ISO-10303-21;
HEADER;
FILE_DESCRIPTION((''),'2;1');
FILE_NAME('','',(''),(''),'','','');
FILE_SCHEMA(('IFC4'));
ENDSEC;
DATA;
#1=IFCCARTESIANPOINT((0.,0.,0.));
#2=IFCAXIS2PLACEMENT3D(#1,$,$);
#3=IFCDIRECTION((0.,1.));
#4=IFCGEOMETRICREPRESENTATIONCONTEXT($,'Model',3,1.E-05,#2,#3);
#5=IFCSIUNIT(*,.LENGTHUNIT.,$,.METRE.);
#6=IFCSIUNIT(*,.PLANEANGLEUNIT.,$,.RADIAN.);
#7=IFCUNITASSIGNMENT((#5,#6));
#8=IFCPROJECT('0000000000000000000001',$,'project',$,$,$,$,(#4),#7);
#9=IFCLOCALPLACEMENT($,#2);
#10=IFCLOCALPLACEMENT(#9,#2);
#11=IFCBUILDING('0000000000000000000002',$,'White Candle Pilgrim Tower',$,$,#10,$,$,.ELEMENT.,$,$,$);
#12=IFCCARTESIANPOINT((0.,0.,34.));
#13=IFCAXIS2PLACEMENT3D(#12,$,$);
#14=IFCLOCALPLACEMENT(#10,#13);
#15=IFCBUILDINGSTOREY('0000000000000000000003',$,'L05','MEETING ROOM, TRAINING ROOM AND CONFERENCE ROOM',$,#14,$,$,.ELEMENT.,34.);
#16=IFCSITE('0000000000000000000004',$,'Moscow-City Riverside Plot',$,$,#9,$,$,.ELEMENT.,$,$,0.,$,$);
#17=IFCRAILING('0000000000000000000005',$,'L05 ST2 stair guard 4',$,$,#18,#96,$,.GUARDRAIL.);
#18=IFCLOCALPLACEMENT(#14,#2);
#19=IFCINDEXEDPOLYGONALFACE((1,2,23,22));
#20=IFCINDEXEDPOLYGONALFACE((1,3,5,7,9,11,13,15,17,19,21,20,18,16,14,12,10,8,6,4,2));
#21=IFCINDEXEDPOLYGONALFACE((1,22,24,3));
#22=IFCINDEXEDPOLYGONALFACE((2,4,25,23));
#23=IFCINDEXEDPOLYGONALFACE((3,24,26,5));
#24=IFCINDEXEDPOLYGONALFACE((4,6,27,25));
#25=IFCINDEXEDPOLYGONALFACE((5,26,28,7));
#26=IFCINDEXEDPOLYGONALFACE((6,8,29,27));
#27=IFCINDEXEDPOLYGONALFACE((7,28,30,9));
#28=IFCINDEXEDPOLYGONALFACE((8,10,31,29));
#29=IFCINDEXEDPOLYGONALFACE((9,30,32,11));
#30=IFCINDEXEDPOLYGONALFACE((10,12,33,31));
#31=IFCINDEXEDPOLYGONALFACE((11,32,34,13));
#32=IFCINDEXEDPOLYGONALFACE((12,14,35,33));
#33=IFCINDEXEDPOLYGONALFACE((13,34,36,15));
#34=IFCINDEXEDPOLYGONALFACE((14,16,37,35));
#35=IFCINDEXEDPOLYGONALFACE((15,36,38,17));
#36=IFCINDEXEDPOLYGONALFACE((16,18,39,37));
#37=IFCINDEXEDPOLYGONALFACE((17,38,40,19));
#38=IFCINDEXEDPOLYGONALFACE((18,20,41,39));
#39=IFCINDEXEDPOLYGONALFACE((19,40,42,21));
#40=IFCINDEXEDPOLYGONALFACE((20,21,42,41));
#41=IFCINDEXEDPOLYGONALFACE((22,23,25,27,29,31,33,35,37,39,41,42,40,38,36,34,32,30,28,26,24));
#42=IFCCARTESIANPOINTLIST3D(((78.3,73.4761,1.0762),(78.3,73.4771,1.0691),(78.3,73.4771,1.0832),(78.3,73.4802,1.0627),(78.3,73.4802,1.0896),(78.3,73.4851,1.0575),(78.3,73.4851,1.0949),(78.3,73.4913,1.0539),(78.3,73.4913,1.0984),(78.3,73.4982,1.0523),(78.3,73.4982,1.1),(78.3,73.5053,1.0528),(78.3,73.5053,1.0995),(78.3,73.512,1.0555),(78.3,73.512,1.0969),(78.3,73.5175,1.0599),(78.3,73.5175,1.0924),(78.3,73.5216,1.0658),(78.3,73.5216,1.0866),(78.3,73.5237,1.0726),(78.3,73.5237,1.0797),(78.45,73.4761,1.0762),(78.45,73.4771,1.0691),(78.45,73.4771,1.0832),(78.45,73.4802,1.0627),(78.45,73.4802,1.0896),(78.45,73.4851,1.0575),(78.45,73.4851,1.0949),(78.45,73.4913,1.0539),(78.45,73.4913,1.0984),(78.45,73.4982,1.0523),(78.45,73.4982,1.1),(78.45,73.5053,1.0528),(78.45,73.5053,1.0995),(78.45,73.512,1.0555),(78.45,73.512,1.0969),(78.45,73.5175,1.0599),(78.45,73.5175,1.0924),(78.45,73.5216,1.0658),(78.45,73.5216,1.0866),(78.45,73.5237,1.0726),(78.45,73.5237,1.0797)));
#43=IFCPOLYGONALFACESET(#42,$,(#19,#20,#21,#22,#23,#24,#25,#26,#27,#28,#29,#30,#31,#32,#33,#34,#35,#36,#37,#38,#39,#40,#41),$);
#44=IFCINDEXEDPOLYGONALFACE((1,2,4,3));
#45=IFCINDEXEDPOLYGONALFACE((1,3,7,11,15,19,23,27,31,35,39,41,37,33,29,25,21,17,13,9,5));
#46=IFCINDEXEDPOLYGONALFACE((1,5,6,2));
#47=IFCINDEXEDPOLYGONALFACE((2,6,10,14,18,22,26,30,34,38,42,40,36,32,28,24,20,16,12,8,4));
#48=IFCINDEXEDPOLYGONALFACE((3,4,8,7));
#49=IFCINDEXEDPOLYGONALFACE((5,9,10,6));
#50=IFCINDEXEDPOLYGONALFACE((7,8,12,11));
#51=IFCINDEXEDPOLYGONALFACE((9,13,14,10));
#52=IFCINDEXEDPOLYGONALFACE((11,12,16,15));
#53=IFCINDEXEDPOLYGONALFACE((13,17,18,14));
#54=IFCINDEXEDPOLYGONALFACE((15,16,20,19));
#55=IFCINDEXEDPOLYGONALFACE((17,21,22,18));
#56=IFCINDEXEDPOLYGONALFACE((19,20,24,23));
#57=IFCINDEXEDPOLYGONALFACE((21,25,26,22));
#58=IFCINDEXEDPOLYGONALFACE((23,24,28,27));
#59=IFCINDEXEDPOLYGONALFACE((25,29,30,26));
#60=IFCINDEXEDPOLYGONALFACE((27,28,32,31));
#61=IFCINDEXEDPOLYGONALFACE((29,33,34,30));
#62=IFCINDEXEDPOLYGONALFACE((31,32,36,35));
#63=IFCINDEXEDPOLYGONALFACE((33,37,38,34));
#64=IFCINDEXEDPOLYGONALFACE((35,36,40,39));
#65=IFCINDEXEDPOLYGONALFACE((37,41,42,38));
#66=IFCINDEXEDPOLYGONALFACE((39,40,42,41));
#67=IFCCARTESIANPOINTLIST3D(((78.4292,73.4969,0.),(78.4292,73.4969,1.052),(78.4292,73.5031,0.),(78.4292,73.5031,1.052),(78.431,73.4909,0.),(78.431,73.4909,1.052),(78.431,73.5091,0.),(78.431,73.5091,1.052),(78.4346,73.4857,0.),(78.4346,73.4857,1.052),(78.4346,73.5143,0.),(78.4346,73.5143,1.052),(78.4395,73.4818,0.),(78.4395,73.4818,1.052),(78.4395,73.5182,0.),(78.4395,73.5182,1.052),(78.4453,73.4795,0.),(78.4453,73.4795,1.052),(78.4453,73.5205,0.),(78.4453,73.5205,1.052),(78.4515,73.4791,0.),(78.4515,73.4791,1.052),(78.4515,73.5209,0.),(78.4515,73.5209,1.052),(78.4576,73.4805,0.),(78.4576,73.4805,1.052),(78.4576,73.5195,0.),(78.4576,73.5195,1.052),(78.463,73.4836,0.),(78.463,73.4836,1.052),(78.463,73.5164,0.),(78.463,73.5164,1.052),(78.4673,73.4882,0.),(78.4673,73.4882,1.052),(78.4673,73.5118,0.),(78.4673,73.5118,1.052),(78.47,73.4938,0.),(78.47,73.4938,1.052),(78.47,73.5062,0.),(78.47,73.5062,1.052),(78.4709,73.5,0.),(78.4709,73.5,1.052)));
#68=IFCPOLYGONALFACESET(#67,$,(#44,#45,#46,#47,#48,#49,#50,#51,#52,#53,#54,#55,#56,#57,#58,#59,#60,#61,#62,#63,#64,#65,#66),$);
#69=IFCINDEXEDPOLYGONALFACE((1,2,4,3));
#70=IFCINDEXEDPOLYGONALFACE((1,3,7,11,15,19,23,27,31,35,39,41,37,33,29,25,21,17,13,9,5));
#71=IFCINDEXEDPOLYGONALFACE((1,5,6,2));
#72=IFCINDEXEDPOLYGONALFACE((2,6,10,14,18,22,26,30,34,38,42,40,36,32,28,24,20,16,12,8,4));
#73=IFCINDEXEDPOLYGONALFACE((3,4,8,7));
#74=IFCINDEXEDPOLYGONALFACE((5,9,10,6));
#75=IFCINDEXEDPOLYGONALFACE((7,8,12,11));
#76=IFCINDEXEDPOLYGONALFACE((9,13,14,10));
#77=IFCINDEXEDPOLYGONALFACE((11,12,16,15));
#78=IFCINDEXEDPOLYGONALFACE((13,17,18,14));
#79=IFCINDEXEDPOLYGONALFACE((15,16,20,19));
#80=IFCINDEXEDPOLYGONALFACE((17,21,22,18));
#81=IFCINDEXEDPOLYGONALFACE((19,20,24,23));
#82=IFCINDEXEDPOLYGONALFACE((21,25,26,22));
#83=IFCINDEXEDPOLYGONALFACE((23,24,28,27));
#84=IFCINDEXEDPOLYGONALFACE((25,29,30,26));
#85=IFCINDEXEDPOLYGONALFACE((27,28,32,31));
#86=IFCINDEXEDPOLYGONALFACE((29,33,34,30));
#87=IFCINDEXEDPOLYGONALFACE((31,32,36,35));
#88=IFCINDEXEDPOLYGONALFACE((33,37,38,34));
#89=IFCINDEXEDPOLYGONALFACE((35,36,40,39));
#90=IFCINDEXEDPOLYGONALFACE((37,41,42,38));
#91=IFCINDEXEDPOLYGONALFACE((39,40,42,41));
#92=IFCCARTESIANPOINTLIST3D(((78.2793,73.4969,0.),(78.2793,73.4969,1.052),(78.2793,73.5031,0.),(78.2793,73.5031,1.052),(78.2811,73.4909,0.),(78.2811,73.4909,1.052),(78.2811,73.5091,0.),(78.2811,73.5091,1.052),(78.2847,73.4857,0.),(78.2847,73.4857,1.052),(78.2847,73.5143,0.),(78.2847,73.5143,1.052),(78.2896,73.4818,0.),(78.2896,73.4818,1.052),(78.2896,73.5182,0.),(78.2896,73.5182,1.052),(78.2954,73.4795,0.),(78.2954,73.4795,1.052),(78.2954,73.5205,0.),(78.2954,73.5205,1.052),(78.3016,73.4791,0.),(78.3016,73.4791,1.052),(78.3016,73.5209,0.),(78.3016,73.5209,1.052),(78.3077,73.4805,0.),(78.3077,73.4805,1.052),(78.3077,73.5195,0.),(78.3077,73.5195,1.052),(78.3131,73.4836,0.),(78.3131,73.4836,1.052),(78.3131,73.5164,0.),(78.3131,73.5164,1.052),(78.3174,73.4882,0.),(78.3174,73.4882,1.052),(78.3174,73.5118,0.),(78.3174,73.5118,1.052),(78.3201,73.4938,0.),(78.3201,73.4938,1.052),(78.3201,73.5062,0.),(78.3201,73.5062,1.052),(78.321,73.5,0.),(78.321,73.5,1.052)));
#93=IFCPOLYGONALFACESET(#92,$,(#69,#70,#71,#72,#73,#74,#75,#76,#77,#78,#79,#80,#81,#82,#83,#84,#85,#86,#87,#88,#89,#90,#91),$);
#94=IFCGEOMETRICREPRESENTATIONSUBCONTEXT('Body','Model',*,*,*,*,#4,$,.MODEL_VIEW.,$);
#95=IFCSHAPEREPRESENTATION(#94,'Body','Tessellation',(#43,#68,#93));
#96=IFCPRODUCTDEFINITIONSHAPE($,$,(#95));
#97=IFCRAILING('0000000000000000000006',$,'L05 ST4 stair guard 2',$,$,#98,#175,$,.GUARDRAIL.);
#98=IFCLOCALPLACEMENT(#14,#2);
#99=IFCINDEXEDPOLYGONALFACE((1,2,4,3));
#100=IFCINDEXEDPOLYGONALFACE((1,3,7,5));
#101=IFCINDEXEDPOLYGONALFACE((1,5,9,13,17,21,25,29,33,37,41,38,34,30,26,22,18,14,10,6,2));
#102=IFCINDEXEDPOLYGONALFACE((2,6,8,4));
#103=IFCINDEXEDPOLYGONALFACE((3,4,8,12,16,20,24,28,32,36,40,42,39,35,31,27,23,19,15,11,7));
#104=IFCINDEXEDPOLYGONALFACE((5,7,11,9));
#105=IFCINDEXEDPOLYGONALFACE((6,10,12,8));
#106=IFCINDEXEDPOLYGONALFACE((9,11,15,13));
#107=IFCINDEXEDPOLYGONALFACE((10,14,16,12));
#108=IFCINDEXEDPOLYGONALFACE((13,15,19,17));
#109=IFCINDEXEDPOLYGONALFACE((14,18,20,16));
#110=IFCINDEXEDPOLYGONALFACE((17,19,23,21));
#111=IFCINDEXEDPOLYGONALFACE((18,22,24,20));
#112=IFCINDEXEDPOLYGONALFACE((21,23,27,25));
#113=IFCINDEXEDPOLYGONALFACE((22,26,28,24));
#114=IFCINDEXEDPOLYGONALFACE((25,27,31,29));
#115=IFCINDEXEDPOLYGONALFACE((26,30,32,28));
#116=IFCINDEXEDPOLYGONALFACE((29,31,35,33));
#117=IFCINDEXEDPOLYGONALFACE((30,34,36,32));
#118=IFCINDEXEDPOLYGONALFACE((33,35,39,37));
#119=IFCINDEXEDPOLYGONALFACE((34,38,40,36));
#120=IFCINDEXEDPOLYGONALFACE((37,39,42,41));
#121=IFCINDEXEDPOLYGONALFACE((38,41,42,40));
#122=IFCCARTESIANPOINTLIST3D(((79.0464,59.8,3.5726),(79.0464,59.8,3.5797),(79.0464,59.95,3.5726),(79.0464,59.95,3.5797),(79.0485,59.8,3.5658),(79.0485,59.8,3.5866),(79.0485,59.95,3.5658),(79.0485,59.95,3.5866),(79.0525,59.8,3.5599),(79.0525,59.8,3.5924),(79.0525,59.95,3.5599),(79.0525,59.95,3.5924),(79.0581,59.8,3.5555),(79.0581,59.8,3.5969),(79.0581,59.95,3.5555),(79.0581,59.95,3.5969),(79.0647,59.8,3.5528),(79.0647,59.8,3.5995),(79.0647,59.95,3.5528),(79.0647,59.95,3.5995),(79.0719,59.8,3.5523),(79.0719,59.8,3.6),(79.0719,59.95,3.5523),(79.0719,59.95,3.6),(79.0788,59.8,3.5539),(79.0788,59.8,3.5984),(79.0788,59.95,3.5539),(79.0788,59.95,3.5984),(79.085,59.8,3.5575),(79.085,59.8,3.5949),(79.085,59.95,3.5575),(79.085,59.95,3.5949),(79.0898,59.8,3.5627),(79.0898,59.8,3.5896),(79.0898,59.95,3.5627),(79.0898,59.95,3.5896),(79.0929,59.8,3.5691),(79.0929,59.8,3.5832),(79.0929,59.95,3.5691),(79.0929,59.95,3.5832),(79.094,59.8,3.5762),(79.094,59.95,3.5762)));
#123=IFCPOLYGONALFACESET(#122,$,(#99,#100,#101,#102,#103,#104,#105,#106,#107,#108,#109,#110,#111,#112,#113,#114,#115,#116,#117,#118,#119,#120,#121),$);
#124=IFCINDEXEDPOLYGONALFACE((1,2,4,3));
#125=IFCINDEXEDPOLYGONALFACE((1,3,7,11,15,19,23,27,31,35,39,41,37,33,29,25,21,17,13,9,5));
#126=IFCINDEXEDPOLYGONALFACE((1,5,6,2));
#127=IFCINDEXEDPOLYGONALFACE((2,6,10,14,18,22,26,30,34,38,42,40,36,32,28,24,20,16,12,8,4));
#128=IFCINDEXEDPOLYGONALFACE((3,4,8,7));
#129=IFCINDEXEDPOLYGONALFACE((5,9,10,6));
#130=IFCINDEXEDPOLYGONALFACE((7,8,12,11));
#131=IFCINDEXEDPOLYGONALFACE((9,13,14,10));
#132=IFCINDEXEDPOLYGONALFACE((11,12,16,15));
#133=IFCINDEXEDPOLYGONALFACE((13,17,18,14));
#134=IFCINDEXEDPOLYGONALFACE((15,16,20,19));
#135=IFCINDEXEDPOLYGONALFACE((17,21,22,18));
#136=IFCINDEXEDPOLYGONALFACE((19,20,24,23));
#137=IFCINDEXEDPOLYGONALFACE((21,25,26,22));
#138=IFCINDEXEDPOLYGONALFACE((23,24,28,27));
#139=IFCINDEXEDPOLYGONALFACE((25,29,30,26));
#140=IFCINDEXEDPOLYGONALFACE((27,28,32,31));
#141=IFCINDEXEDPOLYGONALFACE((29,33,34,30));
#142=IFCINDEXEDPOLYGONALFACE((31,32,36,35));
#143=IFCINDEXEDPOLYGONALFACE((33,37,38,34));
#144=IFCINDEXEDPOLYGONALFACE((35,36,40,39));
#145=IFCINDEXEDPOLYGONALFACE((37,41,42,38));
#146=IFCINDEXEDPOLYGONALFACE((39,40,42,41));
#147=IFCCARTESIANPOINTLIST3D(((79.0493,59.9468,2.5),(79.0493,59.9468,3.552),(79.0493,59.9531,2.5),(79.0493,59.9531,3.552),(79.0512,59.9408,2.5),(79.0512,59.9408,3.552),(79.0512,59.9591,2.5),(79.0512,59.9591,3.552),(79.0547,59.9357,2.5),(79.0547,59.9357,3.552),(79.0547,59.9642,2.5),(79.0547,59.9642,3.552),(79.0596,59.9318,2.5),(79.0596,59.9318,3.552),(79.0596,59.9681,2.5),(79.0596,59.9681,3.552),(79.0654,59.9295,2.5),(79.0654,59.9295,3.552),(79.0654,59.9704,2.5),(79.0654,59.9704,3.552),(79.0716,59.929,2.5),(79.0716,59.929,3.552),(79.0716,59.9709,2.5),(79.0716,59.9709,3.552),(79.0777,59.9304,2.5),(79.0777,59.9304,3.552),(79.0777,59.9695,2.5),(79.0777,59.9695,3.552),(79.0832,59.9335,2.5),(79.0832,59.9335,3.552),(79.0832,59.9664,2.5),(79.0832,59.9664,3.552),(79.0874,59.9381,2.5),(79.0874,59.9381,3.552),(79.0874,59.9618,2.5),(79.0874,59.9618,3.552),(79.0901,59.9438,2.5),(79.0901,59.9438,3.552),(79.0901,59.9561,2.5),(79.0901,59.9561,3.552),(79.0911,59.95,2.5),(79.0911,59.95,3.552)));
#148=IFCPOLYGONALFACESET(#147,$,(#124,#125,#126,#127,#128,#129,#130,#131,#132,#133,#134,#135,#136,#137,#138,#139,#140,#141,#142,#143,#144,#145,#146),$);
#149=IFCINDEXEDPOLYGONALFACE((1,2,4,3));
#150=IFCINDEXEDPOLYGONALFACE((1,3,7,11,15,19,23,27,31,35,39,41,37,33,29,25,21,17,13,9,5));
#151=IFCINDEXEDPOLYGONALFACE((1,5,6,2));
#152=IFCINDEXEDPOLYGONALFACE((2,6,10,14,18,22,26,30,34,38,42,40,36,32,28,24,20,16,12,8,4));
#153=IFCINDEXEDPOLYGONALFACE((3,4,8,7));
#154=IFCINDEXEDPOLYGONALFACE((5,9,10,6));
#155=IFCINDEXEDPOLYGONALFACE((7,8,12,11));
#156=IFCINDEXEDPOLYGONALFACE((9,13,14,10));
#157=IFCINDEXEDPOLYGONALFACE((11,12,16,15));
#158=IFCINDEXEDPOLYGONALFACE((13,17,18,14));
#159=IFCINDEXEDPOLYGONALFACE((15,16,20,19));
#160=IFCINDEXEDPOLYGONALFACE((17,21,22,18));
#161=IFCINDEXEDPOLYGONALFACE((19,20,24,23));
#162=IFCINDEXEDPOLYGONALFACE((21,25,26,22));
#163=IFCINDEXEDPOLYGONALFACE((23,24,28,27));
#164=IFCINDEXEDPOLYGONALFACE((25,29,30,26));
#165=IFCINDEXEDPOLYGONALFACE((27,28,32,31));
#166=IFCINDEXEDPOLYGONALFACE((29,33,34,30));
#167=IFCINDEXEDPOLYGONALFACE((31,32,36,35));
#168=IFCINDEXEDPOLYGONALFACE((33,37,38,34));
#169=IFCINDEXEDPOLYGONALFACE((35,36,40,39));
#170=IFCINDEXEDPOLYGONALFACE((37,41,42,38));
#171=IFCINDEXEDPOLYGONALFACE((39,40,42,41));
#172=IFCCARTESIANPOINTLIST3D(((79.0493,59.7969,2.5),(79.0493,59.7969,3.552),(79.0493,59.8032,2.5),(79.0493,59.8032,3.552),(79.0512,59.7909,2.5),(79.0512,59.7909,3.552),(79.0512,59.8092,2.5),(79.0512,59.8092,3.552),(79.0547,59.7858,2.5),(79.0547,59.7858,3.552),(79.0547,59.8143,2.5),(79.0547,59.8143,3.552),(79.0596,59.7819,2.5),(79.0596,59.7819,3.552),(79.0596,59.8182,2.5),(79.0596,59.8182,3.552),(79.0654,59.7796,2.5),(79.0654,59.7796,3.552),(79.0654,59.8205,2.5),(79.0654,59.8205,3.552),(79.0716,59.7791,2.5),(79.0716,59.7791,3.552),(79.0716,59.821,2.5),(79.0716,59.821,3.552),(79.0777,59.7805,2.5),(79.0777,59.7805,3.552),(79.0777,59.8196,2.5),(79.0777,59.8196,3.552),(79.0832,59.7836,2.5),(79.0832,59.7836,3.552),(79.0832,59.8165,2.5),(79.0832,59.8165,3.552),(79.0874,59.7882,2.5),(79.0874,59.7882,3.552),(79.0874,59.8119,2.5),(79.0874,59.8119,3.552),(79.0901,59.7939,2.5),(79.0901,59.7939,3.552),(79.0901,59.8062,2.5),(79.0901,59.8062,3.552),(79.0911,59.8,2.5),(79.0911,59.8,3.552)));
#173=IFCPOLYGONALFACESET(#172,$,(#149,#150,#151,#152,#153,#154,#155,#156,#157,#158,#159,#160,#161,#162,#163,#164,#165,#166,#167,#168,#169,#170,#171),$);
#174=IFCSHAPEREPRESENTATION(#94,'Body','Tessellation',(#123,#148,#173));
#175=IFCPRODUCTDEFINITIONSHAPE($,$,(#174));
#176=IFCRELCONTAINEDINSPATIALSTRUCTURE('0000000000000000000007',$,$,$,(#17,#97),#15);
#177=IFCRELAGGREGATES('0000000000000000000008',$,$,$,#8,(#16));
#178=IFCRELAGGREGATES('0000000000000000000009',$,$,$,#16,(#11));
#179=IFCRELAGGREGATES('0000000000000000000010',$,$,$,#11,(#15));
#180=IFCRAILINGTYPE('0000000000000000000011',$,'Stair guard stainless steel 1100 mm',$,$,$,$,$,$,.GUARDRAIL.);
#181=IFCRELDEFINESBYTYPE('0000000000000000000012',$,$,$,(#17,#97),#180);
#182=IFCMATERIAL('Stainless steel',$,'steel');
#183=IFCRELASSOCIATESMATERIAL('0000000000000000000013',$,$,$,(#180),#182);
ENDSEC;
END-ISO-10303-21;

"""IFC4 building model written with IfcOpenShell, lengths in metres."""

from ifc_helpers import new_model, si_unit, direction, frame, origin, origin_2d, place, context, subcontext, project, spatial, circle, extrude, material, type_object, element, save


model = new_model("IFC4")

# Units and contexts
model_context = context("Model", 3, precision=1e-05, world=origin(), true_north=direction((0.0, 1.0)))
body_context = subcontext(model_context, "Body", "Model", "MODEL_VIEW")
ifc_project = project(units=[si_unit("LENGTHUNIT", "METRE"), si_unit("PLANEANGLEUNIT", "RADIAN")], contexts=[model_context])

# Site, building, storey
site_placement = place(None, origin())
site = spatial("IfcSite", under=ifc_project, at=site_placement, Name="Moscow-City Riverside Plot", CompositionType="ELEMENT", RefElevation=0.0)
building_placement = place(site_placement, origin())
building = spatial("IfcBuilding", under=site, at=building_placement, Name="White Candle Pilgrim Tower", CompositionType="ELEMENT")
storey_placement = place(building_placement, frame((0.0, 0.0, 34.0)))
storey = spatial("IfcBuildingStorey", under=building, at=storey_placement, Name="L05", Description="MEETING ROOM, TRAINING ROOM AND CONFERENCE ROOM", CompositionType="ELEMENT", Elevation=34.0)

# Railings
ifc_material_1 = material(Name="Stainless steel", Category="steel")
railing_type_1 = type_object("IfcRailingType", Name="Stair guard stainless steel 1100 mm", PredefinedType="GUARDRAIL", material=ifc_material_1)
railing_1_placement = place(storey_placement, frame((78.45, 73.5, 0.0)))
element("IfcRailing", 1, at=railing_1_placement, inside=storey, type_object=railing_type_1, Name="L05 ST2 stair guard 4", PredefinedType="GUARDRAIL", context=body_context, shape_type="SweptSolid", body=[
    extrude(circle(Radius=0.0239, at=origin_2d()), frame((0.0, 0.0, 1.0762), z_axis=(-1.0, 0.0, 0.0), x_axis=(0.0, -1.0, 0.0)), (0.0, 0.0, 1.0), 0.1499),
    extrude(circle(Radius=0.021, at=origin_2d()), origin(), (0.0, 0.0, 1.0), 1.052),
    extrude(circle(Radius=0.021, at=origin_2d()), frame((-0.1499, 0.0, 0.0)), (0.0, 0.0, 1.0), 1.052),
])
railing_2_placement = place(storey_placement, frame((79.0701, 59.95, 2.5)))
element("IfcRailing", 2, at=railing_2_placement, inside=storey, type_object=railing_type_1, Name="L05 ST4 stair guard 2", PredefinedType="GUARDRAIL", context=body_context, shape_type="SweptSolid", body=[
    extrude(circle(Radius=0.0239, at=origin_2d()), frame((0.0, 0.0, 1.0762), z_axis=(0.0, -1.0, 0.0), x_axis=(1.0, 0.0, 0.0)), (0.0, 0.0, 1.0), 0.1499),
    extrude(circle(Radius=0.021, at=origin_2d()), origin(), (0.0, 0.0, 1.0), 1.052),
    extrude(circle(Radius=0.021, at=origin_2d()), frame((0.0, -0.1499, 0.0)), (0.0, 0.0, 1.0), 1.052),
])

save(model, "model.ifc")
